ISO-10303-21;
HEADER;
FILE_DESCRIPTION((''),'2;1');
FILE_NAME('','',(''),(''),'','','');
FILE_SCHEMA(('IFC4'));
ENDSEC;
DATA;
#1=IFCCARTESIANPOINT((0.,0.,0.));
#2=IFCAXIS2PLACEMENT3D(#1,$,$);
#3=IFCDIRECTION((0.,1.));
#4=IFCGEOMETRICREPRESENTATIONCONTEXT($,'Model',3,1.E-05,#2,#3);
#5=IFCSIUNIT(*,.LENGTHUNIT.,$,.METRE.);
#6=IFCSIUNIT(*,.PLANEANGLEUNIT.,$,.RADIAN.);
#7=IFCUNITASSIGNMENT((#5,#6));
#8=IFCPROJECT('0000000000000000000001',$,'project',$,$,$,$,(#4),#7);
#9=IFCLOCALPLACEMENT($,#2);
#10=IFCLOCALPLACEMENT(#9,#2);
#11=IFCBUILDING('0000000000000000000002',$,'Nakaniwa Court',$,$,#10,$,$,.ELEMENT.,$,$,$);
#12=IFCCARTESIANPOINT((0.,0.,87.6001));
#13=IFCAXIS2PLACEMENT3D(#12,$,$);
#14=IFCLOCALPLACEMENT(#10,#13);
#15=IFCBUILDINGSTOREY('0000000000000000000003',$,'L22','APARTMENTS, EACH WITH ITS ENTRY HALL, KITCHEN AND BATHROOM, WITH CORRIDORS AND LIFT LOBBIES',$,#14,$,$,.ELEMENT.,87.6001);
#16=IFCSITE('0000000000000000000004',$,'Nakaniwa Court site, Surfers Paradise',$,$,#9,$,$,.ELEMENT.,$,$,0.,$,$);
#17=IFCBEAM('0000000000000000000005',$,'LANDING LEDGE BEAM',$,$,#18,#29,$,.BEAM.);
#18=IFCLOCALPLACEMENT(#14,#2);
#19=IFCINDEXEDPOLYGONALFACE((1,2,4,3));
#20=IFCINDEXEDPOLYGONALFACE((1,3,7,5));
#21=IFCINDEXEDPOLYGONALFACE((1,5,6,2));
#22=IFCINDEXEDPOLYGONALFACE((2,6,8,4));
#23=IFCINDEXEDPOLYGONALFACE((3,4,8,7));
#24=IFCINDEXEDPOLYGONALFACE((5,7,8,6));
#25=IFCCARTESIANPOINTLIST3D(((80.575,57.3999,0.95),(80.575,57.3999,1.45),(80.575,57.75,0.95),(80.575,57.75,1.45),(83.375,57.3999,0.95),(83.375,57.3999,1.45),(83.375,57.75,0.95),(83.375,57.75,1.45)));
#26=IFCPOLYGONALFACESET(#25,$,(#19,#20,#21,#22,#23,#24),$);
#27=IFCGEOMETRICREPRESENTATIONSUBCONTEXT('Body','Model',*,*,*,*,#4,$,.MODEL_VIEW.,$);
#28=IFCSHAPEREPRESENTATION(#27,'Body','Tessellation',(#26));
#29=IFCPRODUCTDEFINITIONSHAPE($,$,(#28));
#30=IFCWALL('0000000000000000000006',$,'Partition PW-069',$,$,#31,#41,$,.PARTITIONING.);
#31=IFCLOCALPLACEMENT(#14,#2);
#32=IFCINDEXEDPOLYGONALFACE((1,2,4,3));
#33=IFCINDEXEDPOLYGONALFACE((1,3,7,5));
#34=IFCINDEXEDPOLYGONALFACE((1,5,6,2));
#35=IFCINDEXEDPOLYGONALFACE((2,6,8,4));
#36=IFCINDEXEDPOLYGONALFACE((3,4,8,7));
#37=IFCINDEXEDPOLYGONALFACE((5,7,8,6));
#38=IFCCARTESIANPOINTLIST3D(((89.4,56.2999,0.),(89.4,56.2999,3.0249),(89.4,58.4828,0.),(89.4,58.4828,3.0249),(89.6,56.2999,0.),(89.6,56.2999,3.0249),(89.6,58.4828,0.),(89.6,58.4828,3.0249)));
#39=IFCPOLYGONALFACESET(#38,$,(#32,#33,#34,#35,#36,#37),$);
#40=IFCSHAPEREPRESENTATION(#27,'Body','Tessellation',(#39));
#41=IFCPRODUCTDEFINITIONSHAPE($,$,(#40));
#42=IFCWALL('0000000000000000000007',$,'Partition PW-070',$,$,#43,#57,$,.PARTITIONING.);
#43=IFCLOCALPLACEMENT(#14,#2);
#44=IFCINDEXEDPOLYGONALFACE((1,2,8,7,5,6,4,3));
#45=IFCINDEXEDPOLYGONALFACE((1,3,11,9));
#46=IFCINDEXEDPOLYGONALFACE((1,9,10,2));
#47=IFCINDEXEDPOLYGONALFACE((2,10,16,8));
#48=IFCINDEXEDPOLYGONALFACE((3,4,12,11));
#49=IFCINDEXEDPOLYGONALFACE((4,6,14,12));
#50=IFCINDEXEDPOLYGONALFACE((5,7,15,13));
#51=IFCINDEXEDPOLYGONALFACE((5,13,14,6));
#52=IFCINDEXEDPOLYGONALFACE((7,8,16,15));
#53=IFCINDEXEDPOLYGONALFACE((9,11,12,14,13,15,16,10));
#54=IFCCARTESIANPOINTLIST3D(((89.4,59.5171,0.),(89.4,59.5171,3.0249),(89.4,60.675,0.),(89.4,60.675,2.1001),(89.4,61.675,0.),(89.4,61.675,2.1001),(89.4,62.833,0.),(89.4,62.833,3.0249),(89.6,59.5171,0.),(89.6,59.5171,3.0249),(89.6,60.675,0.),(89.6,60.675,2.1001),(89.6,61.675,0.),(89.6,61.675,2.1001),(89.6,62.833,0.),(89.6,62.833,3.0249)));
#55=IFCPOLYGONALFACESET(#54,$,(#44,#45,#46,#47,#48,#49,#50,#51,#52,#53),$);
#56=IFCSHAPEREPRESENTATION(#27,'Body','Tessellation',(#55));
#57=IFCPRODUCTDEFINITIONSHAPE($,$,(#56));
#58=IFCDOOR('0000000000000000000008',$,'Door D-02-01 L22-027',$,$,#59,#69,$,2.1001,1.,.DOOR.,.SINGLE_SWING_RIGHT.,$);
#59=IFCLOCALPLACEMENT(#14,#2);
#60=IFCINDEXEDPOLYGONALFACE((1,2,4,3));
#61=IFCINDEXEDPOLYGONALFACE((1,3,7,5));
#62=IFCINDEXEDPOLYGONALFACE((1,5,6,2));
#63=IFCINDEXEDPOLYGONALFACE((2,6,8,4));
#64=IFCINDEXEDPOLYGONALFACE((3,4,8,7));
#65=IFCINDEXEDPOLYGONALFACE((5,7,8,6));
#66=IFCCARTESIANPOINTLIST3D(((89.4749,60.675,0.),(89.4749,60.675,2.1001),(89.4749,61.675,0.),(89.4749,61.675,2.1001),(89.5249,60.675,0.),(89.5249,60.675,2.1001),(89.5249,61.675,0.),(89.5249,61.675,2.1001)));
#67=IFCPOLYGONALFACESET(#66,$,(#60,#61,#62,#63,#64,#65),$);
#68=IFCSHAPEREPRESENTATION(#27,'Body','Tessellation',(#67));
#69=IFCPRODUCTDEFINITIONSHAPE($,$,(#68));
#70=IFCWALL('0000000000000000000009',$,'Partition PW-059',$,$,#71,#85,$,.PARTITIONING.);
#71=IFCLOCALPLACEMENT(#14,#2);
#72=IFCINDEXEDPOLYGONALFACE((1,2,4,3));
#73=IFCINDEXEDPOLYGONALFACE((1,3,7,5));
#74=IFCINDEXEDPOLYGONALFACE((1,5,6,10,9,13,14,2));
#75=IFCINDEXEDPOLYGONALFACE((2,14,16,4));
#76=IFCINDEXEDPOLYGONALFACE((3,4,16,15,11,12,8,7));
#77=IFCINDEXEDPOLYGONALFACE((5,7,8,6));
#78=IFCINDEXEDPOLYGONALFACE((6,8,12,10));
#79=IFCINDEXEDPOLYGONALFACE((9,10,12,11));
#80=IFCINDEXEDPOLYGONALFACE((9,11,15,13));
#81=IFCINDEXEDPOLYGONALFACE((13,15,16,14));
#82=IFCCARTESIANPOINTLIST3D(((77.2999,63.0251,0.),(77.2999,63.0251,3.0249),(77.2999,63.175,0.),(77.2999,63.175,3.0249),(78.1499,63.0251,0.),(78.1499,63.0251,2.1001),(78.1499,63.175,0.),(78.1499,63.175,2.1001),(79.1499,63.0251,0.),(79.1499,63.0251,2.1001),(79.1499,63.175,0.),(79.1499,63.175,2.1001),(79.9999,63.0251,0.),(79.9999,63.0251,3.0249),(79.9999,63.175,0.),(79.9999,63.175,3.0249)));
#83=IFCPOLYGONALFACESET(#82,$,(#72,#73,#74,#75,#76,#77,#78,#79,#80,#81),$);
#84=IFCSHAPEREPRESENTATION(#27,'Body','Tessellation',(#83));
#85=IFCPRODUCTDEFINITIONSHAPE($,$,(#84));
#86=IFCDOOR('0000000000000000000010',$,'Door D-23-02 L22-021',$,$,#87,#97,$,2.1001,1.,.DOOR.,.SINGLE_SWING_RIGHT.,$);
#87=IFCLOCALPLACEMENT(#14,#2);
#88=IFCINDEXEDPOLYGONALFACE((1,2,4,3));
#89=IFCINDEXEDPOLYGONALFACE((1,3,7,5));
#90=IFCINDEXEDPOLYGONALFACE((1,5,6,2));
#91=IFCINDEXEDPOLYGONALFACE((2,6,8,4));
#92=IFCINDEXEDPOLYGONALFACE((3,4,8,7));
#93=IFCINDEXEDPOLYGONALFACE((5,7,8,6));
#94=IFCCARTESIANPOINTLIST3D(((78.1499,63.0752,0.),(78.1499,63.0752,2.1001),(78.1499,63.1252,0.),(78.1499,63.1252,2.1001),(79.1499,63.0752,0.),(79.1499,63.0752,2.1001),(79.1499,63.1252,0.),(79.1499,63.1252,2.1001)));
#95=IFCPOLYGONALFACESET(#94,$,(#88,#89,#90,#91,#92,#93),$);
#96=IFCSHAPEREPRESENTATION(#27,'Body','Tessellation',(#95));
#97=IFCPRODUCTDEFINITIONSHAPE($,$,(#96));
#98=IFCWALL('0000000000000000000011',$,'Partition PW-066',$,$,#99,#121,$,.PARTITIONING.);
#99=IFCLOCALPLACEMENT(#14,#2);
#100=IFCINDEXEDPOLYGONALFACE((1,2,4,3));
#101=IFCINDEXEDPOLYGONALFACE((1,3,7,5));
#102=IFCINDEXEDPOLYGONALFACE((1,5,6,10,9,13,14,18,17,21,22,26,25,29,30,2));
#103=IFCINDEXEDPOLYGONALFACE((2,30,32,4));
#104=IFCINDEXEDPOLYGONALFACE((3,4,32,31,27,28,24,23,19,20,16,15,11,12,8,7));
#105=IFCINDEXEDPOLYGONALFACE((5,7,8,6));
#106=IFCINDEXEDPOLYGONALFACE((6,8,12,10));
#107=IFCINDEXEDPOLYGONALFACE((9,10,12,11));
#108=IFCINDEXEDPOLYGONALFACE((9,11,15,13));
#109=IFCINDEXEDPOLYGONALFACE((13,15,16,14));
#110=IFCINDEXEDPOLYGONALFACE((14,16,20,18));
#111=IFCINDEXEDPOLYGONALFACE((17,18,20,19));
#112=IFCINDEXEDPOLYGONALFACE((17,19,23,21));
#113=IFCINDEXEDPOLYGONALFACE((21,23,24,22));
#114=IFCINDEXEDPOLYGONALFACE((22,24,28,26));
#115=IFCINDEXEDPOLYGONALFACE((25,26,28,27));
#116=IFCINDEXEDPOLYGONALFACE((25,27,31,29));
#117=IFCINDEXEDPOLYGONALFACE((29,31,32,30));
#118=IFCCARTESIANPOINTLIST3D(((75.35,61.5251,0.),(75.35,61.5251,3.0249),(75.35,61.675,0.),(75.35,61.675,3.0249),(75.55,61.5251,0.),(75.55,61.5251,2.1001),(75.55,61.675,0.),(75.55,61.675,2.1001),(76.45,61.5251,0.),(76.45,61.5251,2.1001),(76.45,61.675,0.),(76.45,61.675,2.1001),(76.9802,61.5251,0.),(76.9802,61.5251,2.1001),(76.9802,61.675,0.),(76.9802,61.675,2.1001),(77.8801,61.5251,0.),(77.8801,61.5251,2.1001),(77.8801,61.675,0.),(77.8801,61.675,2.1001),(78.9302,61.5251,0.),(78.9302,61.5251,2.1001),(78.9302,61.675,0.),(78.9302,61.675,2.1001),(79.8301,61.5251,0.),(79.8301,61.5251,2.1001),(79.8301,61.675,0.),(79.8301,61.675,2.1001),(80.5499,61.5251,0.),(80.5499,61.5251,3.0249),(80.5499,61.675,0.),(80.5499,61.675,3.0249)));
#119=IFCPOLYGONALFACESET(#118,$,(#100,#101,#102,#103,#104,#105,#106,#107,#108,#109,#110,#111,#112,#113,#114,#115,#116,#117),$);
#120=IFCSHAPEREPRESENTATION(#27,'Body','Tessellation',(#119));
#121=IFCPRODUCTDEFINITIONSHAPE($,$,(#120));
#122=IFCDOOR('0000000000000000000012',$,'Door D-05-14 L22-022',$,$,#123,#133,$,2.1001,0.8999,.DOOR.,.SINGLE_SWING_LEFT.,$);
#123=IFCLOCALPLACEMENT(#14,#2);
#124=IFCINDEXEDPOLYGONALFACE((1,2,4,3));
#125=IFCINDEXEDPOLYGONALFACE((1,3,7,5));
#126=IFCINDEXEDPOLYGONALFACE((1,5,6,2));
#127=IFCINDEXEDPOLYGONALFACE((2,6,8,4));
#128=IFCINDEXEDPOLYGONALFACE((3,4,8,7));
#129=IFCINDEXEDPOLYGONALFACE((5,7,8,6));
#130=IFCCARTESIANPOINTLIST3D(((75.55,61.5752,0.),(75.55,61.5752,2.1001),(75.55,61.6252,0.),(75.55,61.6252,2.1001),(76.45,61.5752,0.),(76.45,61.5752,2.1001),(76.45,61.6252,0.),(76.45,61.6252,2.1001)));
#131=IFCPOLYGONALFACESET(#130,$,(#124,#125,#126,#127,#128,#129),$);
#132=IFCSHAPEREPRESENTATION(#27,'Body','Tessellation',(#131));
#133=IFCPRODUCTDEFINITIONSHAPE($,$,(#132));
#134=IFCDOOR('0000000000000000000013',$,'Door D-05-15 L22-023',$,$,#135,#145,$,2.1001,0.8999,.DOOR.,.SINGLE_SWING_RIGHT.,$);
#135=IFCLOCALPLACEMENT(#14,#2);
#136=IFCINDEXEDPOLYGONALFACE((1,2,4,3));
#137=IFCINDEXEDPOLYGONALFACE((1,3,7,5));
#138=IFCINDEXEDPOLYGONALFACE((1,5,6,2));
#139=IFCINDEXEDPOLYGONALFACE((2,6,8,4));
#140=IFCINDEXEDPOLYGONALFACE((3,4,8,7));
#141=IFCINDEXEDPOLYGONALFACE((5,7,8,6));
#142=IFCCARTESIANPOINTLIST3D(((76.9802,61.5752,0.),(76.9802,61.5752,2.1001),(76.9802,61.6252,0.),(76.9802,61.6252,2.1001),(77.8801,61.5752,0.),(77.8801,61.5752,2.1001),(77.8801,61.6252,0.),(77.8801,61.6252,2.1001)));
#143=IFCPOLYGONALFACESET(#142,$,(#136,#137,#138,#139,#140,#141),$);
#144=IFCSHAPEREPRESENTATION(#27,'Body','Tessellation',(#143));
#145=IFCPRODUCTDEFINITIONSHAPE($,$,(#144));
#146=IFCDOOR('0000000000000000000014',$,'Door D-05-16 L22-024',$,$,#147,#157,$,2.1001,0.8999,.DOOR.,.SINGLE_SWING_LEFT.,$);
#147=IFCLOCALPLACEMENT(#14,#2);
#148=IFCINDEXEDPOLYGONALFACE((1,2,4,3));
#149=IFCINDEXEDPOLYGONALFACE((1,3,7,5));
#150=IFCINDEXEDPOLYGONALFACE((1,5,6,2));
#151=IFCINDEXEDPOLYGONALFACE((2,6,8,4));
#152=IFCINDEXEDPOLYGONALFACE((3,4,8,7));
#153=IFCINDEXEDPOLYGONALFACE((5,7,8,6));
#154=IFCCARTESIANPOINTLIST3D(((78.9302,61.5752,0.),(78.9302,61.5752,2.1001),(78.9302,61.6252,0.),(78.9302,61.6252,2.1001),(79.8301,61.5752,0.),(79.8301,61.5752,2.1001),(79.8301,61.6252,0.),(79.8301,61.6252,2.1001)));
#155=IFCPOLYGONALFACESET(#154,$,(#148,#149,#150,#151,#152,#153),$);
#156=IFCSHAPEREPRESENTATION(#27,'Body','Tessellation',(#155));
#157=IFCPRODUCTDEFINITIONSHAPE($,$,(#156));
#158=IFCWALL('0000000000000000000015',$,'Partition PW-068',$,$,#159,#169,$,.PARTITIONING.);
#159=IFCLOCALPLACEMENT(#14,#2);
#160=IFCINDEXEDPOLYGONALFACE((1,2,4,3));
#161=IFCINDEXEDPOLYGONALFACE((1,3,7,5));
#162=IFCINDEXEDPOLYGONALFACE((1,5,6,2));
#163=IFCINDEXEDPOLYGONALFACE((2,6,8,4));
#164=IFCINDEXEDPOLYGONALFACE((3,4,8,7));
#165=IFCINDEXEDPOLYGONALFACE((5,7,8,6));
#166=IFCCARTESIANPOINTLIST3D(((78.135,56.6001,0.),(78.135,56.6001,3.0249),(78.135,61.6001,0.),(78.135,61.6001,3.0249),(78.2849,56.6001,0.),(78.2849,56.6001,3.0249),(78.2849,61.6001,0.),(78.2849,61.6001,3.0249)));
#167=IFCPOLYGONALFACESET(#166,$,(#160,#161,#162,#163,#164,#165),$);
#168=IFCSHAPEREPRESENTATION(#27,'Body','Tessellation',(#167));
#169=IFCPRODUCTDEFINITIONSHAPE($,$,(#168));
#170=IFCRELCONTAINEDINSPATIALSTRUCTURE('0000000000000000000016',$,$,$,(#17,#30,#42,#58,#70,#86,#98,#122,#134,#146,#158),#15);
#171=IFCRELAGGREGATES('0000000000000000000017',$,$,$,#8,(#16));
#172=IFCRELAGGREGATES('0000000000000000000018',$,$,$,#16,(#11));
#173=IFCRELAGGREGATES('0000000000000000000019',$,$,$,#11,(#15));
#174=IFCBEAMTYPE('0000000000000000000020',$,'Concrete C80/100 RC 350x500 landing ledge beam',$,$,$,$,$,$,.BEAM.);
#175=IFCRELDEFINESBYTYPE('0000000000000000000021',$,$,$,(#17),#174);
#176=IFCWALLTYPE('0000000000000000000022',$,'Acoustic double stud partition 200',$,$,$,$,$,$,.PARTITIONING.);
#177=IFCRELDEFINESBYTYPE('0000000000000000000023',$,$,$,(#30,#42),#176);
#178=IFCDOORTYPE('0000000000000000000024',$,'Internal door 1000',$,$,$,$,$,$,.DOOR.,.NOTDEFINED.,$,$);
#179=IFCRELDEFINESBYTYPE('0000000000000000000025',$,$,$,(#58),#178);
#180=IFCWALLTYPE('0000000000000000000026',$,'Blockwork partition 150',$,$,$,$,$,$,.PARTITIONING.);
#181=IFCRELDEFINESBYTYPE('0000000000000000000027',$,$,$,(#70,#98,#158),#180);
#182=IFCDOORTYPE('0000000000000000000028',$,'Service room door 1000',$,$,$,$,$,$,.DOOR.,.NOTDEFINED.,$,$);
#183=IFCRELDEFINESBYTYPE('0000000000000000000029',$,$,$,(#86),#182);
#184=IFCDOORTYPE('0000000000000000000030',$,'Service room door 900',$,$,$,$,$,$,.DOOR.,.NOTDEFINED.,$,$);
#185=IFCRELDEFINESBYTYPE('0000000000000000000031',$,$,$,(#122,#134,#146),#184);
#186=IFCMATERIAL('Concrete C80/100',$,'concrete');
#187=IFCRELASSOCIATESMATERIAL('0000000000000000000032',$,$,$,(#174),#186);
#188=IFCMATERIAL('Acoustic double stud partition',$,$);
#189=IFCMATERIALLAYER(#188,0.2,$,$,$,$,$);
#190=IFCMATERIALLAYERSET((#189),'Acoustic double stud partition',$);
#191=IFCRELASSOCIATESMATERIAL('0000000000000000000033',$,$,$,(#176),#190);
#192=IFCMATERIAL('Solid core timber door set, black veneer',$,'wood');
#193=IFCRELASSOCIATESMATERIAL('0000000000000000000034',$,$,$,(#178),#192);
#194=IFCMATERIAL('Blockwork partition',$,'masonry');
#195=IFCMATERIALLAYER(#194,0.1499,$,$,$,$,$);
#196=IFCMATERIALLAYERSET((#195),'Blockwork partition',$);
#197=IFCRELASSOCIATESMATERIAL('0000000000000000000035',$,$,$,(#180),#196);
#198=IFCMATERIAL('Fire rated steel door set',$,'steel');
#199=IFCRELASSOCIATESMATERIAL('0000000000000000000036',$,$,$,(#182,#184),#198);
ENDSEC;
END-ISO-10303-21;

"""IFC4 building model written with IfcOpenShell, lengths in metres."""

from ifc_helpers import new_model, si_unit, direction, frame, frame_2d, origin, origin_2d, place, context, subcontext, project, spatial, rectangle, extrude, material, layer, layer_set, material_profile, profile_set, type_object, element, fill, save


model = new_model("IFC4")

# Units and contexts
model_context = context("Model", 3, precision=1e-05, world=origin(), true_north=direction((0.0, 1.0)))
body_context = subcontext(model_context, "Body", "Model", "MODEL_VIEW")
ifc_project = project(units=[si_unit("LENGTHUNIT", "METRE"), si_unit("PLANEANGLEUNIT", "RADIAN")], contexts=[model_context])

# Site, building, storey
site_placement = place(None, origin())
site = spatial("IfcSite", under=ifc_project, at=site_placement, Name="Nakaniwa Court site, Surfers Paradise", CompositionType="ELEMENT", RefElevation=0.0)
building_placement = place(site_placement, origin())
building = spatial("IfcBuilding", under=site, at=building_placement, Name="Nakaniwa Court", CompositionType="ELEMENT")
storey_placement = place(building_placement, frame((0.0, 0.0, 87.6001)))
storey = spatial("IfcBuildingStorey", under=building, at=storey_placement, Name="L22", Description="APARTMENTS, EACH WITH ITS ENTRY HALL, KITCHEN AND BATHROOM, WITH CORRIDORS AND LIFT LOBBIES", CompositionType="ELEMENT", Elevation=87.6001)

# Beam
ifc_material_1 = material(Name="Concrete C80/100", Category="concrete")
ifc_material_profile = material_profile(ifc_material_1, rectangle(XDim=0.3501, YDim=0.5, at=origin_2d()), Name="Concrete C80/100 RC 350x500 landing ledge beam")
ifc_profile_set = profile_set([ifc_material_profile], Name="Concrete C80/100")
beam_type = type_object("IfcBeamType", Name="Concrete C80/100 RC 350x500 landing ledge beam", PredefinedType="BEAM", material=ifc_profile_set)
beam_placement = place(storey_placement, frame((80.575, 57.575, 1.2), z_axis=(1.0, 0.0, 0.0), x_axis=(0.0, 1.0, 0.0)))
element("IfcBeam", 1, at=beam_placement, inside=storey, type_object=beam_type, Name="LANDING LEDGE BEAM", PredefinedType="BEAM", context=body_context, shape_type="SweptSolid", body=[
    extrude(rectangle(XDim=0.3501, YDim=0.5, at=origin_2d()), origin(), (0.0, 0.0, 1.0), 2.8),
])

# Wall
ifc_material_2 = material(Name="Acoustic double stud partition")
ifc_layer_1 = layer(ifc_material_2, 0.2)
ifc_layer_set_1 = layer_set([ifc_layer_1], Name="Acoustic double stud partition")
wall_type_1 = type_object("IfcWallType", Name="Acoustic double stud partition 200", PredefinedType="PARTITIONING", material=ifc_layer_set_1)
wall_1_placement = place(storey_placement, frame((89.5, 56.3, 0.0), z_axis=(0.0, 0.0, 1.0), x_axis=(0.0, 1.0, 0.0)))
element("IfcWall", 2, at=wall_1_placement, inside=storey, type_object=wall_type_1, Name="Partition PW-069", PredefinedType="PARTITIONING", context=body_context, shape_type="SweptSolid", body=[
    extrude(rectangle(XDim=2.1829, YDim=0.2, at=frame_2d((1.0913, 0.0))), origin(), (0.0, 0.0, 1.0), 3.0249),
])

# Walls, openings, doors
wall_2_placement = place(storey_placement, frame((89.5, 62.833, 0.0), z_axis=(0.0, 0.0, 1.0), x_axis=(0.0, -1.0, 0.0)))
wall_2 = element("IfcWall", 3, at=wall_2_placement, inside=storey, type_object=wall_type_1, Name="Partition PW-070", PredefinedType="PARTITIONING", context=body_context, shape_type="SweptSolid", body=[
    extrude(rectangle(XDim=3.3159, YDim=0.2, at=frame_2d((1.658, 0.0))), origin(), (0.0, 0.0, 1.0), 3.0249),
])
opening_1_placement = place(wall_2_placement, frame((1.158, 0.0, 0.0)))
opening_1 = element("IfcOpeningElement", 4, at=opening_1_placement, cuts=wall_2, PredefinedType="OPENING", context=body_context, shape_type="SweptSolid", body=[
    extrude(rectangle(XDim=1.0, YDim=2.1001, at=frame_2d((0.5, 1.05))), frame((0.0, 0.1099, 0.0), z_axis=(0.0, -1.0, 0.0), x_axis=(1.0, 0.0, 0.0)), (0.0, 0.0, 1.0), 0.22),
])
ifc_material_3 = material(Name="Solid core timber door set, black veneer", Category="wood")
door_type_1 = type_object("IfcDoorType", Name="Internal door 1000", OperationType="NOTDEFINED", PredefinedType="DOOR", material=ifc_material_3)
door_1_placement = place(opening_1_placement, origin())
door_1 = element("IfcDoor", 5, at=door_1_placement, inside=storey, type_object=door_type_1, Name="Door D-02-01 L22-027", OperationType="SINGLE_SWING_RIGHT", OverallHeight=2.1001, OverallWidth=1.0, PredefinedType="DOOR", context=body_context, shape_type="SweptSolid", body=[
    extrude(rectangle(XDim=1.0, YDim=2.1001, at=frame_2d((0.5, 1.05))), frame((0.0, 0.0249, 0.0), z_axis=(0.0, -1.0, 0.0), x_axis=(1.0, 0.0, 0.0)), (0.0, 0.0, 1.0), 0.05),
])
fill(opening_1, door_1)
ifc_material_4 = material(Name="Blockwork partition", Category="masonry")
ifc_layer_2 = layer(ifc_material_4, 0.1499)
ifc_layer_set_2 = layer_set([ifc_layer_2], Name="Blockwork partition")
wall_type_2 = type_object("IfcWallType", Name="Blockwork partition 150", PredefinedType="PARTITIONING", material=ifc_layer_set_2)
wall_3_placement = place(storey_placement, frame((80.0, 63.1001, 0.0), z_axis=(0.0, 0.0, 1.0), x_axis=(-1.0, 0.0, 0.0)))
wall_3 = element("IfcWall", 6, at=wall_3_placement, inside=storey, type_object=wall_type_2, Name="Partition PW-059", PredefinedType="PARTITIONING", context=body_context, shape_type="SweptSolid", body=[
    extrude(rectangle(XDim=2.7, YDim=0.1499, at=frame_2d((1.3501, 0.0))), origin(), (0.0, 0.0, 1.0), 3.0249),
])
opening_2_placement = place(wall_3_placement, frame((0.8501, 0.0, 0.0)))
opening_2 = element("IfcOpeningElement", 7, at=opening_2_placement, cuts=wall_3, PredefinedType="OPENING", context=body_context, shape_type="SweptSolid", body=[
    extrude(rectangle(XDim=1.0, YDim=2.1001, at=frame_2d((0.5, 1.05))), frame((0.0, 0.085, 0.0), z_axis=(0.0, -1.0, 0.0), x_axis=(1.0, 0.0, 0.0)), (0.0, 0.0, 1.0), 0.1699),
])
ifc_material_5 = material(Name="Fire rated steel door set", Category="steel")
door_type_2 = type_object("IfcDoorType", Name="Service room door 1000", OperationType="NOTDEFINED", PredefinedType="DOOR", material=ifc_material_5)
door_2_placement = place(opening_2_placement, origin())
door_2 = element("IfcDoor", 8, at=door_2_placement, inside=storey, type_object=door_type_2, Name="Door D-23-02 L22-021", OperationType="SINGLE_SWING_RIGHT", OverallHeight=2.1001, OverallWidth=1.0, PredefinedType="DOOR", context=body_context, shape_type="SweptSolid", body=[
    extrude(rectangle(XDim=1.0, YDim=2.1001, at=frame_2d((0.5, 1.05))), frame((0.0, 0.0249, 0.0), z_axis=(0.0, -1.0, 0.0), x_axis=(1.0, 0.0, 0.0)), (0.0, 0.0, 1.0), 0.05),
])
fill(opening_2, door_2)

# Wall, openings, doors
wall_4_placement = place(storey_placement, frame((80.55, 61.6001, 0.0), z_axis=(0.0, 0.0, 1.0), x_axis=(-1.0, 0.0, 0.0)))
wall_4 = element("IfcWall", 9, at=wall_4_placement, inside=storey, type_object=wall_type_2, Name="Partition PW-066", PredefinedType="PARTITIONING", context=body_context, shape_type="SweptSolid", body=[
    extrude(rectangle(XDim=5.2, YDim=0.1499, at=frame_2d((2.6001, 0.0))), origin(), (0.0, 0.0, 1.0), 3.0249),
])
opening_3_placement = place(wall_4_placement, frame((4.1001, 0.0, 0.0)))
opening_3 = element("IfcOpeningElement", 10, at=opening_3_placement, cuts=wall_4, PredefinedType="OPENING", context=body_context, shape_type="SweptSolid", body=[
    extrude(rectangle(XDim=0.8999, YDim=2.1001, at=frame_2d((0.45, 1.05))), frame((0.0, 0.085, 0.0), z_axis=(0.0, -1.0, 0.0), x_axis=(1.0, 0.0, 0.0)), (0.0, 0.0, 1.0), 0.1699),
])
opening_4_placement = place(wall_4_placement, frame((2.6699, 0.0, 0.0)))
opening_4 = element("IfcOpeningElement", 11, at=opening_4_placement, cuts=wall_4, PredefinedType="OPENING", context=body_context, shape_type="SweptSolid", body=[
    extrude(rectangle(XDim=0.8999, YDim=2.1001, at=frame_2d((0.45, 1.05))), frame((0.0, 0.085, 0.0), z_axis=(0.0, -1.0, 0.0), x_axis=(1.0, 0.0, 0.0)), (0.0, 0.0, 1.0), 0.1699),
])
opening_5_placement = place(wall_4_placement, frame((0.72, 0.0, 0.0)))
opening_5 = element("IfcOpeningElement", 12, at=opening_5_placement, cuts=wall_4, PredefinedType="OPENING", context=body_context, shape_type="SweptSolid", body=[
    extrude(rectangle(XDim=0.8999, YDim=2.1001, at=frame_2d((0.45, 1.05))), frame((0.0, 0.085, 0.0), z_axis=(0.0, -1.0, 0.0), x_axis=(1.0, 0.0, 0.0)), (0.0, 0.0, 1.0), 0.1699),
])
door_type_3 = type_object("IfcDoorType", Name="Service room door 900", OperationType="NOTDEFINED", PredefinedType="DOOR", material=ifc_material_5)
door_3_placement = place(opening_3_placement, origin())
door_3 = element("IfcDoor", 13, at=door_3_placement, inside=storey, type_object=door_type_3, Name="Door D-05-14 L22-022", OperationType="SINGLE_SWING_LEFT", OverallHeight=2.1001, OverallWidth=0.8999, PredefinedType="DOOR", context=body_context, shape_type="SweptSolid", body=[
    extrude(rectangle(XDim=0.8999, YDim=2.1001, at=frame_2d((0.45, 1.05))), frame((0.0, 0.0249, 0.0), z_axis=(0.0, -1.0, 0.0), x_axis=(1.0, 0.0, 0.0)), (0.0, 0.0, 1.0), 0.05),
])
fill(opening_3, door_3)
door_4_placement = place(opening_4_placement, origin())
door_4 = element("IfcDoor", 14, at=door_4_placement, inside=storey, type_object=door_type_3, Name="Door D-05-15 L22-023", OperationType="SINGLE_SWING_RIGHT", OverallHeight=2.1001, OverallWidth=0.8999, PredefinedType="DOOR", context=body_context, shape_type="SweptSolid", body=[
    extrude(rectangle(XDim=0.8999, YDim=2.1001, at=frame_2d((0.45, 1.05))), frame((0.0, 0.0249, 0.0), z_axis=(0.0, -1.0, 0.0), x_axis=(1.0, 0.0, 0.0)), (0.0, 0.0, 1.0), 0.05),
])
fill(opening_4, door_4)
door_5_placement = place(opening_5_placement, origin())
door_5 = element("IfcDoor", 15, at=door_5_placement, inside=storey, type_object=door_type_3, Name="Door D-05-16 L22-024", OperationType="SINGLE_SWING_LEFT", OverallHeight=2.1001, OverallWidth=0.8999, PredefinedType="DOOR", context=body_context, shape_type="SweptSolid", body=[
    extrude(rectangle(XDim=0.8999, YDim=2.1001, at=frame_2d((0.45, 1.05))), frame((0.0, 0.0249, 0.0), z_axis=(0.0, -1.0, 0.0), x_axis=(1.0, 0.0, 0.0)), (0.0, 0.0, 1.0), 0.05),
])
fill(opening_5, door_5)

# Wall
wall_5_placement = place(storey_placement, frame((78.21, 56.6001, 0.0), z_axis=(0.0, 0.0, 1.0), x_axis=(0.0, 1.0, 0.0)))
element("IfcWall", 16, at=wall_5_placement, inside=storey, type_object=wall_type_2, Name="Partition PW-068", PredefinedType="PARTITIONING", context=body_context, shape_type="SweptSolid", body=[
    extrude(rectangle(XDim=5.0, YDim=0.1499, at=frame_2d((2.5, 0.0))), origin(), (0.0, 0.0, 1.0), 3.0249),
])

save(model, "model.ifc")
